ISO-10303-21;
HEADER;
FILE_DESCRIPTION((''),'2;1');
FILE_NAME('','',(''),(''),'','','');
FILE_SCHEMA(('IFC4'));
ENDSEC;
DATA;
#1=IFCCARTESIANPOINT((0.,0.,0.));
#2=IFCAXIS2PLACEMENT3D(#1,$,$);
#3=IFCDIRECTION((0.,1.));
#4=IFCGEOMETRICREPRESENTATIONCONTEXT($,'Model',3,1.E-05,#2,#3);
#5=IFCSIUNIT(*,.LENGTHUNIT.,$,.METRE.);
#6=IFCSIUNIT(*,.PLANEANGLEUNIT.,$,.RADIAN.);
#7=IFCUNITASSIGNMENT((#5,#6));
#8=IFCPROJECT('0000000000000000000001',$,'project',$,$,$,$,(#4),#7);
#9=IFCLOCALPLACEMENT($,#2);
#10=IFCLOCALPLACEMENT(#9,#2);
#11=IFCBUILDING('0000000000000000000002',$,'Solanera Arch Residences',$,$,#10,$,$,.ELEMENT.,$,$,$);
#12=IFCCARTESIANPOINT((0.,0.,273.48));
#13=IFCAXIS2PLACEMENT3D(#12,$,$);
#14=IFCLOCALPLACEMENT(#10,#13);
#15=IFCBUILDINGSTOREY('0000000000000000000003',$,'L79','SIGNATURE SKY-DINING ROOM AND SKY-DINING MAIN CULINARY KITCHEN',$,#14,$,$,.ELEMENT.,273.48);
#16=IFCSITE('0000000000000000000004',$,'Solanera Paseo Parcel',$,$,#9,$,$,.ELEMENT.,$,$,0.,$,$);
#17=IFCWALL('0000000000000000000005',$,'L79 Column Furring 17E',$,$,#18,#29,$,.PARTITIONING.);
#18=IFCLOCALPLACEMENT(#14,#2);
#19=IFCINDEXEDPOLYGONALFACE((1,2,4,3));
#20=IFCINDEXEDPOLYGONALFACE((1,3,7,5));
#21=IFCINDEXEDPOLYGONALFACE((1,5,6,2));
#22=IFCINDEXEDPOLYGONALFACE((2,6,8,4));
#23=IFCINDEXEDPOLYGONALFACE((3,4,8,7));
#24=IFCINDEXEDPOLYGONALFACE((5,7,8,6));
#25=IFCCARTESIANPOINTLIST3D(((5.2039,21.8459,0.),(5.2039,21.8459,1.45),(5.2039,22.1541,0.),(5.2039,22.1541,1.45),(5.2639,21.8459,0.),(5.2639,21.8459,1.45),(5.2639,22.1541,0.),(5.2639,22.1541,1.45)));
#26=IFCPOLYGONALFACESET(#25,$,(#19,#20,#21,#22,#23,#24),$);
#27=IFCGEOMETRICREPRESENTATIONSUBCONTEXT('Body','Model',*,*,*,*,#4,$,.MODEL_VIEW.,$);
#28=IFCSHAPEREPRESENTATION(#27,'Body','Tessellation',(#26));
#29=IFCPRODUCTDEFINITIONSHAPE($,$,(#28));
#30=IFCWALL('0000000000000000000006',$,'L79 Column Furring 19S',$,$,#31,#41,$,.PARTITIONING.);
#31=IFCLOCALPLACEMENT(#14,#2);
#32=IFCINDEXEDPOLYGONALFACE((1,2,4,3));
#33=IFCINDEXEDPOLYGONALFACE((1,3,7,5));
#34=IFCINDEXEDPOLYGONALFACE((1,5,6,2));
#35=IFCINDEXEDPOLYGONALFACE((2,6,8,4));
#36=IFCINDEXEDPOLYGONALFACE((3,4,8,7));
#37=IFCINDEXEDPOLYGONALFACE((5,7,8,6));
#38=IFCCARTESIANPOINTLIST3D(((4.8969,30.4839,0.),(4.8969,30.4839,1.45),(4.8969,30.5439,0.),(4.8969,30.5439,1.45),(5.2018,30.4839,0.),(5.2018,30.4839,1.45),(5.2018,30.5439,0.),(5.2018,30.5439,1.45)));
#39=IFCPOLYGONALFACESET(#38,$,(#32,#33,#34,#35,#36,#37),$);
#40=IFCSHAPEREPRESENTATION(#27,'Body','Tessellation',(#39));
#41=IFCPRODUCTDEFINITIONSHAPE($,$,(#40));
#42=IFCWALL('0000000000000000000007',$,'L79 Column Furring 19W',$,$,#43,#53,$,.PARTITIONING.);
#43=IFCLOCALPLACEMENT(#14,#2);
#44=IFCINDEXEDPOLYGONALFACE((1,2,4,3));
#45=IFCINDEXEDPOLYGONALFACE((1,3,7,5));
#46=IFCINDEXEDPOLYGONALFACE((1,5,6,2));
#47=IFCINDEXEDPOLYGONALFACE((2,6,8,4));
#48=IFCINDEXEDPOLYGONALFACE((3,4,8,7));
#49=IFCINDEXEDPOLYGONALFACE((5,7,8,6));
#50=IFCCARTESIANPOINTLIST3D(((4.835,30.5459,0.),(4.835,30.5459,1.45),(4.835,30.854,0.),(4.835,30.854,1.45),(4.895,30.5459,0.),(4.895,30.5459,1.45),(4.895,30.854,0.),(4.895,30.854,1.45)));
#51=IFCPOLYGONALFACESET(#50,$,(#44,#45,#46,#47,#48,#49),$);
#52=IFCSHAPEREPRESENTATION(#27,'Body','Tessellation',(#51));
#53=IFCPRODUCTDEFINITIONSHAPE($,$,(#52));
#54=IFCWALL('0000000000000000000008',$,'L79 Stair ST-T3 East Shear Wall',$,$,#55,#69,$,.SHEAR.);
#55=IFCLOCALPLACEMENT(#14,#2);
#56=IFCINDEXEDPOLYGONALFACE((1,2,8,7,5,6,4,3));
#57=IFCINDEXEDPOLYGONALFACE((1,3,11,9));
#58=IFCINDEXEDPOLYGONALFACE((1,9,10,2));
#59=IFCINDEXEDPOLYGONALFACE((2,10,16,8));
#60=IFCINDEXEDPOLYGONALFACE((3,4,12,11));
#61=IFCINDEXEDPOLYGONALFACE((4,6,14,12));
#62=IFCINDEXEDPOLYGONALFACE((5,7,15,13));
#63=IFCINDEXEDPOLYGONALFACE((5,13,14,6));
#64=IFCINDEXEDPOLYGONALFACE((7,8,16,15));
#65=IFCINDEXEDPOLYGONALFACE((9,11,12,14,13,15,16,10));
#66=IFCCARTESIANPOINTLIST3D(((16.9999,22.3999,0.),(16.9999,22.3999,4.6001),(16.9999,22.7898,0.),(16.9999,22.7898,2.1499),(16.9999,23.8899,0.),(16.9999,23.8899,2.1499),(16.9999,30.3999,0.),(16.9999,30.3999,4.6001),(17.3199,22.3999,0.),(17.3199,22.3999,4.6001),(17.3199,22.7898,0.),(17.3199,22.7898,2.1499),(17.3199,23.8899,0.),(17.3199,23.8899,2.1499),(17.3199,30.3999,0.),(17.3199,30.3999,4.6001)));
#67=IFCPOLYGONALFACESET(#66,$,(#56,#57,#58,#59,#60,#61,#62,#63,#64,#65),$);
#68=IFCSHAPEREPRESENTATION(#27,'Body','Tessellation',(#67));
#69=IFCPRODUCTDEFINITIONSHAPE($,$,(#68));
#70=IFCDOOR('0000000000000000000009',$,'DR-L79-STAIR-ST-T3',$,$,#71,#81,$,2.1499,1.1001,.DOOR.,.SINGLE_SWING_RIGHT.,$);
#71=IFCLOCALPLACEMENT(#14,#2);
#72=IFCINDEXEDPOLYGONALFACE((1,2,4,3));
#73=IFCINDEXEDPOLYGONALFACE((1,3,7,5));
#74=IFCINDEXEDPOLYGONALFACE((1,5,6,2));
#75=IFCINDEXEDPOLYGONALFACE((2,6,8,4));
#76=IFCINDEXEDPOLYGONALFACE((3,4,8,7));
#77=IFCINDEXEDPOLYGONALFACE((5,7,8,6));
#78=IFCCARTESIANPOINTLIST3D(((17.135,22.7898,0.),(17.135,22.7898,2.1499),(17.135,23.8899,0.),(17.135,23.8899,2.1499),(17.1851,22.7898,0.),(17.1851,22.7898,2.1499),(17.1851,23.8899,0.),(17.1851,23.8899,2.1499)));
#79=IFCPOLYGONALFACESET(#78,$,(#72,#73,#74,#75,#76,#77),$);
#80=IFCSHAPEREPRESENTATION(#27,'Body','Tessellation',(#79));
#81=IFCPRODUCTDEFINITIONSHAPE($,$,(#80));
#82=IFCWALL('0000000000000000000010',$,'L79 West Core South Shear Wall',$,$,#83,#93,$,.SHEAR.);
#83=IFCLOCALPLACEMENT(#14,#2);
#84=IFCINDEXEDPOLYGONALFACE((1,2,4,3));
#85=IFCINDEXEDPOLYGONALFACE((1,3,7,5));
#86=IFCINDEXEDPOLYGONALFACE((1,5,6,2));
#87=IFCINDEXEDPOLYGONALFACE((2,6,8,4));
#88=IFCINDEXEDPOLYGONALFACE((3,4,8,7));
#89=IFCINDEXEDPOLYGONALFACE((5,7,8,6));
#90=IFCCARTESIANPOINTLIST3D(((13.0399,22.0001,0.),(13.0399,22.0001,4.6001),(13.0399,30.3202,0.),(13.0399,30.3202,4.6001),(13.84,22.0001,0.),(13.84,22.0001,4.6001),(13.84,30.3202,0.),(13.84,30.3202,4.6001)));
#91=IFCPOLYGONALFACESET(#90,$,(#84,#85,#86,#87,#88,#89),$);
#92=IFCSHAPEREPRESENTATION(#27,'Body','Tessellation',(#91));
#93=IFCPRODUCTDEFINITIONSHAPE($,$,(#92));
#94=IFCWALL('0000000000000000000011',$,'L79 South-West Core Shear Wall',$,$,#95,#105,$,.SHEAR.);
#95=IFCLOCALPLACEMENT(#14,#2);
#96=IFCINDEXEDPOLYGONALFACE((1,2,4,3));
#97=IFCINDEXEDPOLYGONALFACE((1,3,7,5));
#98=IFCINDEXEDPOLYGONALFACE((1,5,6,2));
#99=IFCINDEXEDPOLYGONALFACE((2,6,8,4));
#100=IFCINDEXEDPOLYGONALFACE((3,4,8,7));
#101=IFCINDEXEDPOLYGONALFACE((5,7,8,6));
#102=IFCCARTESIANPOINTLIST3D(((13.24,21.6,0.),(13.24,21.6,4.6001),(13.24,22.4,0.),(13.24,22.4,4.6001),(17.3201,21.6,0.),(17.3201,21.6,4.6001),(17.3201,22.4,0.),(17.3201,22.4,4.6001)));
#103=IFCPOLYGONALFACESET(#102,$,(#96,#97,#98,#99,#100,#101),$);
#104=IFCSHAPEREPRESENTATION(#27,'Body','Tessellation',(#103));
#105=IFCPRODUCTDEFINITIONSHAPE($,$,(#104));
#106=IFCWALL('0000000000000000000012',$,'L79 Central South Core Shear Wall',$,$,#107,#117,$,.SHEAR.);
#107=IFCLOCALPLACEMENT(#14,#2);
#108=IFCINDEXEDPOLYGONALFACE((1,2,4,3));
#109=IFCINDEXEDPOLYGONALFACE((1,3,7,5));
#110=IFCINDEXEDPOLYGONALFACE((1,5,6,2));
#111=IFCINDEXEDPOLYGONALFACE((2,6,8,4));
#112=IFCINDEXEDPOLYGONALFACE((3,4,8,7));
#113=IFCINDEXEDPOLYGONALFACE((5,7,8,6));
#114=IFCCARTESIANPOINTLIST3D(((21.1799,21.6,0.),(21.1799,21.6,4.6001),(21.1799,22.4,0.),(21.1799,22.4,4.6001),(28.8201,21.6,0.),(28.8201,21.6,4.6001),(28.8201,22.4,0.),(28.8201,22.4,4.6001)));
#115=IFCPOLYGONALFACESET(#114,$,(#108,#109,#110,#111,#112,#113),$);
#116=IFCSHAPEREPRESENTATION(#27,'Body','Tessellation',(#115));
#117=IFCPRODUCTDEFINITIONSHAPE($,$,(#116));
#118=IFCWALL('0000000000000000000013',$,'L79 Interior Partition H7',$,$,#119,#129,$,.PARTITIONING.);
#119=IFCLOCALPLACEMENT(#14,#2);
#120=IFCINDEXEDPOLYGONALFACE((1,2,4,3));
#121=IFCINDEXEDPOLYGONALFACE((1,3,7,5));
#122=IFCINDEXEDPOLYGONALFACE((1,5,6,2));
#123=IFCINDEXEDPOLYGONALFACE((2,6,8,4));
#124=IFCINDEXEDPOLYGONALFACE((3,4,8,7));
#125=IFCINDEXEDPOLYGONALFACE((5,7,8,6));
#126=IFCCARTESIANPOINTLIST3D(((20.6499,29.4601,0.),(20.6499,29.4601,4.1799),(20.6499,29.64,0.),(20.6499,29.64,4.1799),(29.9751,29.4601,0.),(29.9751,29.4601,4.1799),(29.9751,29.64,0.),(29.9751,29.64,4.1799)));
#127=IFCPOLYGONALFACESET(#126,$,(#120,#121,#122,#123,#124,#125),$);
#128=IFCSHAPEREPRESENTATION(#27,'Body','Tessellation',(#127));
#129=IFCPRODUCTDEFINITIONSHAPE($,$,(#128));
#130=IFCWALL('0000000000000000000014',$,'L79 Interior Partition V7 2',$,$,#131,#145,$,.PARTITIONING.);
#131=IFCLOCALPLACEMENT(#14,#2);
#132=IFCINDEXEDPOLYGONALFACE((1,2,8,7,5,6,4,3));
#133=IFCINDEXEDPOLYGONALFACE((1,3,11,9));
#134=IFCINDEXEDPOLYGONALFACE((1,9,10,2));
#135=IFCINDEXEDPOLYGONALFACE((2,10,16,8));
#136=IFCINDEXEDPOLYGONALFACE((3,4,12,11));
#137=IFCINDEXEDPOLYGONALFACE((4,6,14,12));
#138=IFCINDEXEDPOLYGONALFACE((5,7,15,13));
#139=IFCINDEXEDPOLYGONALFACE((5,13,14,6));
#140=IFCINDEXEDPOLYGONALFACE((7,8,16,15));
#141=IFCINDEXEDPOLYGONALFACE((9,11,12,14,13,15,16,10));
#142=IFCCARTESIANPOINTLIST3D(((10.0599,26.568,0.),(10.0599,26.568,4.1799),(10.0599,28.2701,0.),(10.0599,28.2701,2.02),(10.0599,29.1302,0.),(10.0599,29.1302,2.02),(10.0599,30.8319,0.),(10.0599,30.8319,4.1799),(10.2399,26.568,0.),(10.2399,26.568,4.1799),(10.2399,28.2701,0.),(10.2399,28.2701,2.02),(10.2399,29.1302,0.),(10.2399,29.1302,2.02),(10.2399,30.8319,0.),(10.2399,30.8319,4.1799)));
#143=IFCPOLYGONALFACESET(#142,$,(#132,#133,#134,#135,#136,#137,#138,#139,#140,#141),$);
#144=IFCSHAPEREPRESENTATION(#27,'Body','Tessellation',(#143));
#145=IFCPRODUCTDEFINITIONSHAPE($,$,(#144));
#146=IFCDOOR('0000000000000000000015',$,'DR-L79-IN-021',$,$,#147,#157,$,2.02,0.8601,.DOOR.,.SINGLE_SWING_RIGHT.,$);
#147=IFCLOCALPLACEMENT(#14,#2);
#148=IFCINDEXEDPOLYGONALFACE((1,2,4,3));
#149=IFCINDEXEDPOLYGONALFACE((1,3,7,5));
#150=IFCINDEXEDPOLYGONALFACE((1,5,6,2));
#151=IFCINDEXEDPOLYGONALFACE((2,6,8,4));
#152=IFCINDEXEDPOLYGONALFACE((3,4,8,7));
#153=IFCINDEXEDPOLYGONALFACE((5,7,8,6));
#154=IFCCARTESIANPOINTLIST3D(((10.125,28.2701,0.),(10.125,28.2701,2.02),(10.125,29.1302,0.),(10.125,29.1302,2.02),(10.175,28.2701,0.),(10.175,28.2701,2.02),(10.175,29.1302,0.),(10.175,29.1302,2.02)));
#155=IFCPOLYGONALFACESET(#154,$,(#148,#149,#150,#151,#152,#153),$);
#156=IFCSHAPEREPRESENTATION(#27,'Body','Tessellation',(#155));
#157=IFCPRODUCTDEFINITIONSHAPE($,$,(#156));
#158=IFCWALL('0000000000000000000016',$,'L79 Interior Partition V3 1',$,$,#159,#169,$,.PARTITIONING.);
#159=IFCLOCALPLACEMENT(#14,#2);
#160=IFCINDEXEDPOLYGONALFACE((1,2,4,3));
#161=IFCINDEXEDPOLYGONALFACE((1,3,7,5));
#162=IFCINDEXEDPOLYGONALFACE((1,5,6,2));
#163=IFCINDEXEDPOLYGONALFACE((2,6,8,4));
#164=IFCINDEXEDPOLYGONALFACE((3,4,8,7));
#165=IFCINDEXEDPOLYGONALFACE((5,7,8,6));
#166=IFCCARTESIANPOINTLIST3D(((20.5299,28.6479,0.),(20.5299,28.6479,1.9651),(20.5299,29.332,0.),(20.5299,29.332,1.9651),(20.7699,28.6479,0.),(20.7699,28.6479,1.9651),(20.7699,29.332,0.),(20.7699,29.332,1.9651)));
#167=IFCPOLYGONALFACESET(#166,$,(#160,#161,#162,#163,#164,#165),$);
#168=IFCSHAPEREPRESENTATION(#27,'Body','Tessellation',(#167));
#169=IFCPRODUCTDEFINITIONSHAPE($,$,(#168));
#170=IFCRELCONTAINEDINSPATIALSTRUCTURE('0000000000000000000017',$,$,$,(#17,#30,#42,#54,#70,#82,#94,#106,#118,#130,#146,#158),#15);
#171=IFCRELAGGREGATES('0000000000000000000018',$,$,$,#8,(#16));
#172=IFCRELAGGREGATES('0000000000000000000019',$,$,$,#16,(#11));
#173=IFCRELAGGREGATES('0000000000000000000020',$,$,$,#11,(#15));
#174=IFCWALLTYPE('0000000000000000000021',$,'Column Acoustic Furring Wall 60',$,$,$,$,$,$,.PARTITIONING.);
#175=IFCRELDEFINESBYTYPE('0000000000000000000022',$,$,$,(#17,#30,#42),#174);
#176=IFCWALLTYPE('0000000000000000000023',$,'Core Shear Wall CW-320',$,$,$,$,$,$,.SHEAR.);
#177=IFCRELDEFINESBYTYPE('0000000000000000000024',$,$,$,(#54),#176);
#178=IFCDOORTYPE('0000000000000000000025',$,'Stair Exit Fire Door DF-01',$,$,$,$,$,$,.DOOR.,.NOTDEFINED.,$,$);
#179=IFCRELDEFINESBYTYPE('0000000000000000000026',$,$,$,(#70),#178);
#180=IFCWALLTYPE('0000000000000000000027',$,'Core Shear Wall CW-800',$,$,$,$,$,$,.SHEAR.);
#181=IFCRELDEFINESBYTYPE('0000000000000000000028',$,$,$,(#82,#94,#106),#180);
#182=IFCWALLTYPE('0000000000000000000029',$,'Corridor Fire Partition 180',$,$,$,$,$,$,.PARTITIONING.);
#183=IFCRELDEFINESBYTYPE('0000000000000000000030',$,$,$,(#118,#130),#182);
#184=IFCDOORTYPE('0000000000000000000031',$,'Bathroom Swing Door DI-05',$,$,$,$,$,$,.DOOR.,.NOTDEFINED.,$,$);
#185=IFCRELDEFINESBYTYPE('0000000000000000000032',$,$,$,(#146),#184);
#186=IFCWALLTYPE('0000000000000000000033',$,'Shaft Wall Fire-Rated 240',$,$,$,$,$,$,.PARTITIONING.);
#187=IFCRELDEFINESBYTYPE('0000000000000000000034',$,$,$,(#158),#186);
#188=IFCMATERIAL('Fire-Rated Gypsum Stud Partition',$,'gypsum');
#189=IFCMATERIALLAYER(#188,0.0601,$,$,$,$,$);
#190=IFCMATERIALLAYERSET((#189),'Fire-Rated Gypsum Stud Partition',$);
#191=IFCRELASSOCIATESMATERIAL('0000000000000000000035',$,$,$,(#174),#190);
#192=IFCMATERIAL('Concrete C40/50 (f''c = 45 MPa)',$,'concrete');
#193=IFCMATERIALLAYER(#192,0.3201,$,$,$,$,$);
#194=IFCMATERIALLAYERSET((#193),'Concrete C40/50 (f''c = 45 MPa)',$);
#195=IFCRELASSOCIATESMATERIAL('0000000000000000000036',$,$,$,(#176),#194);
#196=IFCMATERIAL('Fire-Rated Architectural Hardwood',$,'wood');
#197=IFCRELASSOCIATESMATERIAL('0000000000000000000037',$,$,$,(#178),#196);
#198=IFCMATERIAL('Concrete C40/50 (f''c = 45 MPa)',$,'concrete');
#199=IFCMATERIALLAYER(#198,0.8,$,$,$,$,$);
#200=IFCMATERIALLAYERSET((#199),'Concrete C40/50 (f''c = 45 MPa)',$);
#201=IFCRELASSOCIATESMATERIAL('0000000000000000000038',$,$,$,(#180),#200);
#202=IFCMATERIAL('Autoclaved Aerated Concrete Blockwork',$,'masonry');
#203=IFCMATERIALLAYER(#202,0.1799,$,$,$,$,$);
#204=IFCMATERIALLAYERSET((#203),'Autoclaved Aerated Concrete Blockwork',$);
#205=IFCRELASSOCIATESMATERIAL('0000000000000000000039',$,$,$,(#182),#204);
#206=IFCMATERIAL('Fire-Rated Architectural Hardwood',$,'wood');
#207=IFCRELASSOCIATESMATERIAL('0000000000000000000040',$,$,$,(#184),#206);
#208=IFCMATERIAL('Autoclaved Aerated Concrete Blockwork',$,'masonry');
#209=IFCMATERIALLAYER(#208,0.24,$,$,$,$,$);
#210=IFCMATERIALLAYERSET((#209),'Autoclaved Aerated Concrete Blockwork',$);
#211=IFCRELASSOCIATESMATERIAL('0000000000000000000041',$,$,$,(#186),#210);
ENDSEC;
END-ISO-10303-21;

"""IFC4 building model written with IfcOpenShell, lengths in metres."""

from ifc_helpers import new_model, si_unit, direction, frame, frame_2d, origin, place, context, subcontext, project, spatial, rectangle, extrude, material, layer, layer_set, type_object, element, fill, save


model = new_model("IFC4")

# Units and contexts
model_context = context("Model", 3, precision=1e-05, world=origin(), true_north=direction((0.0, 1.0)))
body_context = subcontext(model_context, "Body", "Model", "MODEL_VIEW")
ifc_project = project(units=[si_unit("LENGTHUNIT", "METRE"), si_unit("PLANEANGLEUNIT", "RADIAN")], contexts=[model_context])

# Site, building, storey
site_placement = place(None, origin())
site = spatial("IfcSite", under=ifc_project, at=site_placement, Name="Solanera Paseo Parcel", CompositionType="ELEMENT", RefElevation=0.0)
building_placement = place(site_placement, origin())
building = spatial("IfcBuilding", under=site, at=building_placement, Name="Solanera Arch Residences", CompositionType="ELEMENT")
storey_placement = place(building_placement, frame((0.0, 0.0, 273.48)))
storey = spatial("IfcBuildingStorey", under=building, at=storey_placement, Name="L79", Description="SIGNATURE SKY-DINING ROOM AND SKY-DINING MAIN CULINARY KITCHEN", CompositionType="ELEMENT", Elevation=273.48)

# Walls
ifc_material_1 = material(Name="Fire-Rated Gypsum Stud Partition", Category="gypsum")
ifc_layer_1 = layer(ifc_material_1, 0.0601)
ifc_layer_set_1 = layer_set([ifc_layer_1], Name="Fire-Rated Gypsum Stud Partition")
wall_type_1 = type_object("IfcWallType", Name="Column Acoustic Furring Wall 60", PredefinedType="PARTITIONING", material=ifc_layer_set_1)
for number, where, z_axis, x_axis, name in (
    (1, (5.2339, 21.8459, 0.0), (0.0, 0.0, 1.0), (0.0, 1.0, 0.0), "L79 Column Furring 17E"),
):
    element("IfcWall", number, at=place(storey_placement, frame(where, z_axis=z_axis, x_axis=x_axis)), inside=storey, type_object=wall_type_1, Name=name, PredefinedType="PARTITIONING", context=body_context, shape_type="SweptSolid", body=[
        extrude(rectangle(XDim=0.3081, YDim=0.0601, at=frame_2d((0.1541, 0.0))), origin(), (0.0, 0.0, 1.0), 1.45),
    ])
wall_1_placement = place(storey_placement, frame((4.897, 30.5139, 0.0), z_axis=(0.0, 0.0, 1.0), x_axis=(1.0, 0.0, 0.0)))
element("IfcWall", 2, at=wall_1_placement, inside=storey, type_object=wall_type_1, Name="L79 Column Furring 19S", PredefinedType="PARTITIONING", context=body_context, shape_type="SweptSolid", body=[
    extrude(rectangle(XDim=0.3049, YDim=0.0601, at=frame_2d((0.1523, 0.0))), origin(), (0.0, 0.0, 1.0), 1.45),
])
wall_2_placement = place(storey_placement, frame((4.865, 30.5459, 0.0), z_axis=(0.0, 0.0, 1.0), x_axis=(0.0, 1.0, 0.0)))
element("IfcWall", 3, at=wall_2_placement, inside=storey, type_object=wall_type_1, Name="L79 Column Furring 19W", PredefinedType="PARTITIONING", context=body_context, shape_type="SweptSolid", body=[
    extrude(rectangle(XDim=0.3081, YDim=0.0601, at=frame_2d((0.1541, 0.0))), origin(), (0.0, 0.0, 1.0), 1.45),
])

# Wall, opening, door
ifc_material_2 = material(Name="Concrete C40/50 (f'c = 45 MPa)", Category="concrete")
ifc_layer_2 = layer(ifc_material_2, 0.3201)
ifc_layer_set_2 = layer_set([ifc_layer_2], Name="Concrete C40/50 (f'c = 45 MPa)")
wall_type_2 = type_object("IfcWallType", Name="Core Shear Wall CW-320", PredefinedType="SHEAR", material=ifc_layer_set_2)
wall_3_placement = place(storey_placement, frame((17.1599, 22.3999, 0.0), z_axis=(0.0, 0.0, 1.0), x_axis=(0.0, 1.0, 0.0)))
wall_3 = element("IfcWall", 4, at=wall_3_placement, inside=storey, type_object=wall_type_2, Name="L79 Stair ST-T3 East Shear Wall", PredefinedType="SHEAR", context=body_context, shape_type="SweptSolid", body=[
    extrude(rectangle(XDim=8.0, YDim=0.3201, at=frame_2d((4.0, 0.0))), origin(), (0.0, 0.0, 1.0), 4.6001),
])
opening_1_placement = place(wall_3_placement, frame((0.3899, 0.0, 0.0)))
opening_1 = element("IfcOpeningElement", 5, at=opening_1_placement, cuts=wall_3, PredefinedType="OPENING", context=body_context, shape_type="SweptSolid", body=[
    extrude(rectangle(XDim=1.1001, YDim=2.1499, at=frame_2d((0.55, 1.075))), frame((0.0, 0.1699, 0.0), z_axis=(0.0, -1.0, 0.0), x_axis=(1.0, 0.0, 0.0)), (0.0, 0.0, 1.0), 0.3401),
])
ifc_material_3 = material(Name="Fire-Rated Architectural Hardwood", Category="wood")
door_type_1 = type_object("IfcDoorType", Name="Stair Exit Fire Door DF-01", OperationType="NOTDEFINED", PredefinedType="DOOR", material=ifc_material_3)
door_1_placement = place(opening_1_placement, origin())
door_1 = element("IfcDoor", 6, at=door_1_placement, inside=storey, type_object=door_type_1, Name="DR-L79-STAIR-ST-T3", OperationType="SINGLE_SWING_RIGHT", OverallHeight=2.1499, OverallWidth=1.1001, PredefinedType="DOOR", context=body_context, shape_type="SweptSolid", body=[
    extrude(rectangle(XDim=1.1001, YDim=2.1499, at=frame_2d((0.55, 1.075))), frame((0.0, 0.0249, 0.0), z_axis=(0.0, -1.0, 0.0), x_axis=(1.0, 0.0, 0.0)), (0.0, 0.0, 1.0), 0.05),
])
fill(opening_1, door_1)

# Walls
ifc_material_4 = material(Name="Concrete C40/50 (f'c = 45 MPa)", Category="concrete")
ifc_layer_3 = layer(ifc_material_4, 0.8)
ifc_layer_set_3 = layer_set([ifc_layer_3], Name="Concrete C40/50 (f'c = 45 MPa)")
wall_type_3 = type_object("IfcWallType", Name="Core Shear Wall CW-800", PredefinedType="SHEAR", material=ifc_layer_set_3)
wall_4_placement = place(storey_placement, frame((13.4399, 22.0, 0.0), z_axis=(0.0, 0.0, 1.0), x_axis=(0.0, 1.0, 0.0)))
element("IfcWall", 7, at=wall_4_placement, inside=storey, type_object=wall_type_3, Name="L79 West Core South Shear Wall", PredefinedType="SHEAR", context=body_context, shape_type="SweptSolid", body=[
    extrude(rectangle(XDim=8.3201, YDim=0.8, at=frame_2d((4.1602, 0.0))), origin(), (0.0, 0.0, 1.0), 4.6001),
])
wall_5_placement = place(storey_placement, frame((13.24, 22.0, 0.0), z_axis=(0.0, 0.0, 1.0), x_axis=(1.0, 0.0, 0.0)))
element("IfcWall", 8, at=wall_5_placement, inside=storey, type_object=wall_type_3, Name="L79 South-West Core Shear Wall", PredefinedType="SHEAR", context=body_context, shape_type="SweptSolid", body=[
    extrude(rectangle(XDim=4.0801, YDim=0.8, at=frame_2d((2.04, 0.0))), origin(), (0.0, 0.0, 1.0), 4.6001),
])
wall_6_placement = place(storey_placement, frame((21.1799, 22.0, 0.0), z_axis=(0.0, 0.0, 1.0), x_axis=(1.0, 0.0, 0.0)))
element("IfcWall", 9, at=wall_6_placement, inside=storey, type_object=wall_type_3, Name="L79 Central South Core Shear Wall", PredefinedType="SHEAR", context=body_context, shape_type="SweptSolid", body=[
    extrude(rectangle(XDim=7.6401, YDim=0.8, at=frame_2d((3.8201, 0.0))), origin(), (0.0, 0.0, 1.0), 4.6001),
])
ifc_material_5 = material(Name="Autoclaved Aerated Concrete Blockwork", Category="masonry")
ifc_layer_4 = layer(ifc_material_5, 0.1799)
ifc_layer_set_4 = layer_set([ifc_layer_4], Name="Autoclaved Aerated Concrete Blockwork")
wall_type_4 = type_object("IfcWallType", Name="Corridor Fire Partition 180", PredefinedType="PARTITIONING", material=ifc_layer_set_4)
wall_7_placement = place(storey_placement, frame((20.6499, 29.55, 0.0), z_axis=(0.0, 0.0, 1.0), x_axis=(1.0, 0.0, 0.0)))
element("IfcWall", 10, at=wall_7_placement, inside=storey, type_object=wall_type_4, Name="L79 Interior Partition H7", PredefinedType="PARTITIONING", context=body_context, shape_type="SweptSolid", body=[
    extrude(rectangle(XDim=9.3252, YDim=0.1799, at=frame_2d((4.6626, 0.0))), origin(), (0.0, 0.0, 1.0), 4.1799),
])

# Wall, opening, door
wall_8_placement = place(storey_placement, frame((10.1499, 26.5681, 0.0), z_axis=(0.0, 0.0, 1.0), x_axis=(0.0, 1.0, 0.0)))
wall_8 = element("IfcWall", 11, at=wall_8_placement, inside=storey, type_object=wall_type_4, Name="L79 Interior Partition V7 2", PredefinedType="PARTITIONING", context=body_context, shape_type="SweptSolid", body=[
    extrude(rectangle(XDim=4.2639, YDim=0.1799, at=frame_2d((2.1318, 0.0))), origin(), (0.0, 0.0, 1.0), 4.1799),
])
opening_2_placement = place(wall_8_placement, frame((1.7019, 0.0, 0.0)))
opening_2 = element("IfcOpeningElement", 12, at=opening_2_placement, cuts=wall_8, PredefinedType="OPENING", context=body_context, shape_type="SweptSolid", body=[
    extrude(rectangle(XDim=0.8601, YDim=2.02, at=frame_2d((0.4302, 1.01))), frame((0.0, 0.1001, 0.0), z_axis=(0.0, -1.0, 0.0), x_axis=(1.0, 0.0, 0.0)), (0.0, 0.0, 1.0), 0.1999),
])
ifc_material_6 = material(Name="Fire-Rated Architectural Hardwood", Category="wood")
door_type_2 = type_object("IfcDoorType", Name="Bathroom Swing Door DI-05", OperationType="NOTDEFINED", PredefinedType="DOOR", material=ifc_material_6)
door_2_placement = place(opening_2_placement, origin())
door_2 = element("IfcDoor", 13, at=door_2_placement, inside=storey, type_object=door_type_2, Name="DR-L79-IN-021", OperationType="SINGLE_SWING_RIGHT", OverallHeight=2.02, OverallWidth=0.8601, PredefinedType="DOOR", context=body_context, shape_type="SweptSolid", body=[
    extrude(rectangle(XDim=0.8601, YDim=2.02, at=frame_2d((0.4302, 1.01))), frame((0.0, 0.0249, 0.0), z_axis=(0.0, -1.0, 0.0), x_axis=(1.0, 0.0, 0.0)), (0.0, 0.0, 1.0), 0.05),
])
fill(opening_2, door_2)
ifc_material_7 = material(Name="Autoclaved Aerated Concrete Blockwork", Category="masonry")
ifc_layer_5 = layer(ifc_material_7, 0.24)
ifc_layer_set_5 = layer_set([ifc_layer_5], Name="Autoclaved Aerated Concrete Blockwork")
wall_type_5 = type_object("IfcWallType", Name="Shaft Wall Fire-Rated 240", PredefinedType="PARTITIONING", material=ifc_layer_set_5)

# Wall
wall_9_placement = place(storey_placement, frame((20.6499, 28.6479, 0.0), z_axis=(0.0, 0.0, 1.0), x_axis=(0.0, 1.0, 0.0)))
element("IfcWall", 14, at=wall_9_placement, inside=storey, type_object=wall_type_5, Name="L79 Interior Partition V3 1", PredefinedType="PARTITIONING", context=body_context, shape_type="SweptSolid", body=[
    extrude(rectangle(XDim=0.6841, YDim=0.24, at=frame_2d((0.342, 0.0))), origin(), (0.0, 0.0, 1.0), 1.9651),
])

save(model, "model.ifc")
